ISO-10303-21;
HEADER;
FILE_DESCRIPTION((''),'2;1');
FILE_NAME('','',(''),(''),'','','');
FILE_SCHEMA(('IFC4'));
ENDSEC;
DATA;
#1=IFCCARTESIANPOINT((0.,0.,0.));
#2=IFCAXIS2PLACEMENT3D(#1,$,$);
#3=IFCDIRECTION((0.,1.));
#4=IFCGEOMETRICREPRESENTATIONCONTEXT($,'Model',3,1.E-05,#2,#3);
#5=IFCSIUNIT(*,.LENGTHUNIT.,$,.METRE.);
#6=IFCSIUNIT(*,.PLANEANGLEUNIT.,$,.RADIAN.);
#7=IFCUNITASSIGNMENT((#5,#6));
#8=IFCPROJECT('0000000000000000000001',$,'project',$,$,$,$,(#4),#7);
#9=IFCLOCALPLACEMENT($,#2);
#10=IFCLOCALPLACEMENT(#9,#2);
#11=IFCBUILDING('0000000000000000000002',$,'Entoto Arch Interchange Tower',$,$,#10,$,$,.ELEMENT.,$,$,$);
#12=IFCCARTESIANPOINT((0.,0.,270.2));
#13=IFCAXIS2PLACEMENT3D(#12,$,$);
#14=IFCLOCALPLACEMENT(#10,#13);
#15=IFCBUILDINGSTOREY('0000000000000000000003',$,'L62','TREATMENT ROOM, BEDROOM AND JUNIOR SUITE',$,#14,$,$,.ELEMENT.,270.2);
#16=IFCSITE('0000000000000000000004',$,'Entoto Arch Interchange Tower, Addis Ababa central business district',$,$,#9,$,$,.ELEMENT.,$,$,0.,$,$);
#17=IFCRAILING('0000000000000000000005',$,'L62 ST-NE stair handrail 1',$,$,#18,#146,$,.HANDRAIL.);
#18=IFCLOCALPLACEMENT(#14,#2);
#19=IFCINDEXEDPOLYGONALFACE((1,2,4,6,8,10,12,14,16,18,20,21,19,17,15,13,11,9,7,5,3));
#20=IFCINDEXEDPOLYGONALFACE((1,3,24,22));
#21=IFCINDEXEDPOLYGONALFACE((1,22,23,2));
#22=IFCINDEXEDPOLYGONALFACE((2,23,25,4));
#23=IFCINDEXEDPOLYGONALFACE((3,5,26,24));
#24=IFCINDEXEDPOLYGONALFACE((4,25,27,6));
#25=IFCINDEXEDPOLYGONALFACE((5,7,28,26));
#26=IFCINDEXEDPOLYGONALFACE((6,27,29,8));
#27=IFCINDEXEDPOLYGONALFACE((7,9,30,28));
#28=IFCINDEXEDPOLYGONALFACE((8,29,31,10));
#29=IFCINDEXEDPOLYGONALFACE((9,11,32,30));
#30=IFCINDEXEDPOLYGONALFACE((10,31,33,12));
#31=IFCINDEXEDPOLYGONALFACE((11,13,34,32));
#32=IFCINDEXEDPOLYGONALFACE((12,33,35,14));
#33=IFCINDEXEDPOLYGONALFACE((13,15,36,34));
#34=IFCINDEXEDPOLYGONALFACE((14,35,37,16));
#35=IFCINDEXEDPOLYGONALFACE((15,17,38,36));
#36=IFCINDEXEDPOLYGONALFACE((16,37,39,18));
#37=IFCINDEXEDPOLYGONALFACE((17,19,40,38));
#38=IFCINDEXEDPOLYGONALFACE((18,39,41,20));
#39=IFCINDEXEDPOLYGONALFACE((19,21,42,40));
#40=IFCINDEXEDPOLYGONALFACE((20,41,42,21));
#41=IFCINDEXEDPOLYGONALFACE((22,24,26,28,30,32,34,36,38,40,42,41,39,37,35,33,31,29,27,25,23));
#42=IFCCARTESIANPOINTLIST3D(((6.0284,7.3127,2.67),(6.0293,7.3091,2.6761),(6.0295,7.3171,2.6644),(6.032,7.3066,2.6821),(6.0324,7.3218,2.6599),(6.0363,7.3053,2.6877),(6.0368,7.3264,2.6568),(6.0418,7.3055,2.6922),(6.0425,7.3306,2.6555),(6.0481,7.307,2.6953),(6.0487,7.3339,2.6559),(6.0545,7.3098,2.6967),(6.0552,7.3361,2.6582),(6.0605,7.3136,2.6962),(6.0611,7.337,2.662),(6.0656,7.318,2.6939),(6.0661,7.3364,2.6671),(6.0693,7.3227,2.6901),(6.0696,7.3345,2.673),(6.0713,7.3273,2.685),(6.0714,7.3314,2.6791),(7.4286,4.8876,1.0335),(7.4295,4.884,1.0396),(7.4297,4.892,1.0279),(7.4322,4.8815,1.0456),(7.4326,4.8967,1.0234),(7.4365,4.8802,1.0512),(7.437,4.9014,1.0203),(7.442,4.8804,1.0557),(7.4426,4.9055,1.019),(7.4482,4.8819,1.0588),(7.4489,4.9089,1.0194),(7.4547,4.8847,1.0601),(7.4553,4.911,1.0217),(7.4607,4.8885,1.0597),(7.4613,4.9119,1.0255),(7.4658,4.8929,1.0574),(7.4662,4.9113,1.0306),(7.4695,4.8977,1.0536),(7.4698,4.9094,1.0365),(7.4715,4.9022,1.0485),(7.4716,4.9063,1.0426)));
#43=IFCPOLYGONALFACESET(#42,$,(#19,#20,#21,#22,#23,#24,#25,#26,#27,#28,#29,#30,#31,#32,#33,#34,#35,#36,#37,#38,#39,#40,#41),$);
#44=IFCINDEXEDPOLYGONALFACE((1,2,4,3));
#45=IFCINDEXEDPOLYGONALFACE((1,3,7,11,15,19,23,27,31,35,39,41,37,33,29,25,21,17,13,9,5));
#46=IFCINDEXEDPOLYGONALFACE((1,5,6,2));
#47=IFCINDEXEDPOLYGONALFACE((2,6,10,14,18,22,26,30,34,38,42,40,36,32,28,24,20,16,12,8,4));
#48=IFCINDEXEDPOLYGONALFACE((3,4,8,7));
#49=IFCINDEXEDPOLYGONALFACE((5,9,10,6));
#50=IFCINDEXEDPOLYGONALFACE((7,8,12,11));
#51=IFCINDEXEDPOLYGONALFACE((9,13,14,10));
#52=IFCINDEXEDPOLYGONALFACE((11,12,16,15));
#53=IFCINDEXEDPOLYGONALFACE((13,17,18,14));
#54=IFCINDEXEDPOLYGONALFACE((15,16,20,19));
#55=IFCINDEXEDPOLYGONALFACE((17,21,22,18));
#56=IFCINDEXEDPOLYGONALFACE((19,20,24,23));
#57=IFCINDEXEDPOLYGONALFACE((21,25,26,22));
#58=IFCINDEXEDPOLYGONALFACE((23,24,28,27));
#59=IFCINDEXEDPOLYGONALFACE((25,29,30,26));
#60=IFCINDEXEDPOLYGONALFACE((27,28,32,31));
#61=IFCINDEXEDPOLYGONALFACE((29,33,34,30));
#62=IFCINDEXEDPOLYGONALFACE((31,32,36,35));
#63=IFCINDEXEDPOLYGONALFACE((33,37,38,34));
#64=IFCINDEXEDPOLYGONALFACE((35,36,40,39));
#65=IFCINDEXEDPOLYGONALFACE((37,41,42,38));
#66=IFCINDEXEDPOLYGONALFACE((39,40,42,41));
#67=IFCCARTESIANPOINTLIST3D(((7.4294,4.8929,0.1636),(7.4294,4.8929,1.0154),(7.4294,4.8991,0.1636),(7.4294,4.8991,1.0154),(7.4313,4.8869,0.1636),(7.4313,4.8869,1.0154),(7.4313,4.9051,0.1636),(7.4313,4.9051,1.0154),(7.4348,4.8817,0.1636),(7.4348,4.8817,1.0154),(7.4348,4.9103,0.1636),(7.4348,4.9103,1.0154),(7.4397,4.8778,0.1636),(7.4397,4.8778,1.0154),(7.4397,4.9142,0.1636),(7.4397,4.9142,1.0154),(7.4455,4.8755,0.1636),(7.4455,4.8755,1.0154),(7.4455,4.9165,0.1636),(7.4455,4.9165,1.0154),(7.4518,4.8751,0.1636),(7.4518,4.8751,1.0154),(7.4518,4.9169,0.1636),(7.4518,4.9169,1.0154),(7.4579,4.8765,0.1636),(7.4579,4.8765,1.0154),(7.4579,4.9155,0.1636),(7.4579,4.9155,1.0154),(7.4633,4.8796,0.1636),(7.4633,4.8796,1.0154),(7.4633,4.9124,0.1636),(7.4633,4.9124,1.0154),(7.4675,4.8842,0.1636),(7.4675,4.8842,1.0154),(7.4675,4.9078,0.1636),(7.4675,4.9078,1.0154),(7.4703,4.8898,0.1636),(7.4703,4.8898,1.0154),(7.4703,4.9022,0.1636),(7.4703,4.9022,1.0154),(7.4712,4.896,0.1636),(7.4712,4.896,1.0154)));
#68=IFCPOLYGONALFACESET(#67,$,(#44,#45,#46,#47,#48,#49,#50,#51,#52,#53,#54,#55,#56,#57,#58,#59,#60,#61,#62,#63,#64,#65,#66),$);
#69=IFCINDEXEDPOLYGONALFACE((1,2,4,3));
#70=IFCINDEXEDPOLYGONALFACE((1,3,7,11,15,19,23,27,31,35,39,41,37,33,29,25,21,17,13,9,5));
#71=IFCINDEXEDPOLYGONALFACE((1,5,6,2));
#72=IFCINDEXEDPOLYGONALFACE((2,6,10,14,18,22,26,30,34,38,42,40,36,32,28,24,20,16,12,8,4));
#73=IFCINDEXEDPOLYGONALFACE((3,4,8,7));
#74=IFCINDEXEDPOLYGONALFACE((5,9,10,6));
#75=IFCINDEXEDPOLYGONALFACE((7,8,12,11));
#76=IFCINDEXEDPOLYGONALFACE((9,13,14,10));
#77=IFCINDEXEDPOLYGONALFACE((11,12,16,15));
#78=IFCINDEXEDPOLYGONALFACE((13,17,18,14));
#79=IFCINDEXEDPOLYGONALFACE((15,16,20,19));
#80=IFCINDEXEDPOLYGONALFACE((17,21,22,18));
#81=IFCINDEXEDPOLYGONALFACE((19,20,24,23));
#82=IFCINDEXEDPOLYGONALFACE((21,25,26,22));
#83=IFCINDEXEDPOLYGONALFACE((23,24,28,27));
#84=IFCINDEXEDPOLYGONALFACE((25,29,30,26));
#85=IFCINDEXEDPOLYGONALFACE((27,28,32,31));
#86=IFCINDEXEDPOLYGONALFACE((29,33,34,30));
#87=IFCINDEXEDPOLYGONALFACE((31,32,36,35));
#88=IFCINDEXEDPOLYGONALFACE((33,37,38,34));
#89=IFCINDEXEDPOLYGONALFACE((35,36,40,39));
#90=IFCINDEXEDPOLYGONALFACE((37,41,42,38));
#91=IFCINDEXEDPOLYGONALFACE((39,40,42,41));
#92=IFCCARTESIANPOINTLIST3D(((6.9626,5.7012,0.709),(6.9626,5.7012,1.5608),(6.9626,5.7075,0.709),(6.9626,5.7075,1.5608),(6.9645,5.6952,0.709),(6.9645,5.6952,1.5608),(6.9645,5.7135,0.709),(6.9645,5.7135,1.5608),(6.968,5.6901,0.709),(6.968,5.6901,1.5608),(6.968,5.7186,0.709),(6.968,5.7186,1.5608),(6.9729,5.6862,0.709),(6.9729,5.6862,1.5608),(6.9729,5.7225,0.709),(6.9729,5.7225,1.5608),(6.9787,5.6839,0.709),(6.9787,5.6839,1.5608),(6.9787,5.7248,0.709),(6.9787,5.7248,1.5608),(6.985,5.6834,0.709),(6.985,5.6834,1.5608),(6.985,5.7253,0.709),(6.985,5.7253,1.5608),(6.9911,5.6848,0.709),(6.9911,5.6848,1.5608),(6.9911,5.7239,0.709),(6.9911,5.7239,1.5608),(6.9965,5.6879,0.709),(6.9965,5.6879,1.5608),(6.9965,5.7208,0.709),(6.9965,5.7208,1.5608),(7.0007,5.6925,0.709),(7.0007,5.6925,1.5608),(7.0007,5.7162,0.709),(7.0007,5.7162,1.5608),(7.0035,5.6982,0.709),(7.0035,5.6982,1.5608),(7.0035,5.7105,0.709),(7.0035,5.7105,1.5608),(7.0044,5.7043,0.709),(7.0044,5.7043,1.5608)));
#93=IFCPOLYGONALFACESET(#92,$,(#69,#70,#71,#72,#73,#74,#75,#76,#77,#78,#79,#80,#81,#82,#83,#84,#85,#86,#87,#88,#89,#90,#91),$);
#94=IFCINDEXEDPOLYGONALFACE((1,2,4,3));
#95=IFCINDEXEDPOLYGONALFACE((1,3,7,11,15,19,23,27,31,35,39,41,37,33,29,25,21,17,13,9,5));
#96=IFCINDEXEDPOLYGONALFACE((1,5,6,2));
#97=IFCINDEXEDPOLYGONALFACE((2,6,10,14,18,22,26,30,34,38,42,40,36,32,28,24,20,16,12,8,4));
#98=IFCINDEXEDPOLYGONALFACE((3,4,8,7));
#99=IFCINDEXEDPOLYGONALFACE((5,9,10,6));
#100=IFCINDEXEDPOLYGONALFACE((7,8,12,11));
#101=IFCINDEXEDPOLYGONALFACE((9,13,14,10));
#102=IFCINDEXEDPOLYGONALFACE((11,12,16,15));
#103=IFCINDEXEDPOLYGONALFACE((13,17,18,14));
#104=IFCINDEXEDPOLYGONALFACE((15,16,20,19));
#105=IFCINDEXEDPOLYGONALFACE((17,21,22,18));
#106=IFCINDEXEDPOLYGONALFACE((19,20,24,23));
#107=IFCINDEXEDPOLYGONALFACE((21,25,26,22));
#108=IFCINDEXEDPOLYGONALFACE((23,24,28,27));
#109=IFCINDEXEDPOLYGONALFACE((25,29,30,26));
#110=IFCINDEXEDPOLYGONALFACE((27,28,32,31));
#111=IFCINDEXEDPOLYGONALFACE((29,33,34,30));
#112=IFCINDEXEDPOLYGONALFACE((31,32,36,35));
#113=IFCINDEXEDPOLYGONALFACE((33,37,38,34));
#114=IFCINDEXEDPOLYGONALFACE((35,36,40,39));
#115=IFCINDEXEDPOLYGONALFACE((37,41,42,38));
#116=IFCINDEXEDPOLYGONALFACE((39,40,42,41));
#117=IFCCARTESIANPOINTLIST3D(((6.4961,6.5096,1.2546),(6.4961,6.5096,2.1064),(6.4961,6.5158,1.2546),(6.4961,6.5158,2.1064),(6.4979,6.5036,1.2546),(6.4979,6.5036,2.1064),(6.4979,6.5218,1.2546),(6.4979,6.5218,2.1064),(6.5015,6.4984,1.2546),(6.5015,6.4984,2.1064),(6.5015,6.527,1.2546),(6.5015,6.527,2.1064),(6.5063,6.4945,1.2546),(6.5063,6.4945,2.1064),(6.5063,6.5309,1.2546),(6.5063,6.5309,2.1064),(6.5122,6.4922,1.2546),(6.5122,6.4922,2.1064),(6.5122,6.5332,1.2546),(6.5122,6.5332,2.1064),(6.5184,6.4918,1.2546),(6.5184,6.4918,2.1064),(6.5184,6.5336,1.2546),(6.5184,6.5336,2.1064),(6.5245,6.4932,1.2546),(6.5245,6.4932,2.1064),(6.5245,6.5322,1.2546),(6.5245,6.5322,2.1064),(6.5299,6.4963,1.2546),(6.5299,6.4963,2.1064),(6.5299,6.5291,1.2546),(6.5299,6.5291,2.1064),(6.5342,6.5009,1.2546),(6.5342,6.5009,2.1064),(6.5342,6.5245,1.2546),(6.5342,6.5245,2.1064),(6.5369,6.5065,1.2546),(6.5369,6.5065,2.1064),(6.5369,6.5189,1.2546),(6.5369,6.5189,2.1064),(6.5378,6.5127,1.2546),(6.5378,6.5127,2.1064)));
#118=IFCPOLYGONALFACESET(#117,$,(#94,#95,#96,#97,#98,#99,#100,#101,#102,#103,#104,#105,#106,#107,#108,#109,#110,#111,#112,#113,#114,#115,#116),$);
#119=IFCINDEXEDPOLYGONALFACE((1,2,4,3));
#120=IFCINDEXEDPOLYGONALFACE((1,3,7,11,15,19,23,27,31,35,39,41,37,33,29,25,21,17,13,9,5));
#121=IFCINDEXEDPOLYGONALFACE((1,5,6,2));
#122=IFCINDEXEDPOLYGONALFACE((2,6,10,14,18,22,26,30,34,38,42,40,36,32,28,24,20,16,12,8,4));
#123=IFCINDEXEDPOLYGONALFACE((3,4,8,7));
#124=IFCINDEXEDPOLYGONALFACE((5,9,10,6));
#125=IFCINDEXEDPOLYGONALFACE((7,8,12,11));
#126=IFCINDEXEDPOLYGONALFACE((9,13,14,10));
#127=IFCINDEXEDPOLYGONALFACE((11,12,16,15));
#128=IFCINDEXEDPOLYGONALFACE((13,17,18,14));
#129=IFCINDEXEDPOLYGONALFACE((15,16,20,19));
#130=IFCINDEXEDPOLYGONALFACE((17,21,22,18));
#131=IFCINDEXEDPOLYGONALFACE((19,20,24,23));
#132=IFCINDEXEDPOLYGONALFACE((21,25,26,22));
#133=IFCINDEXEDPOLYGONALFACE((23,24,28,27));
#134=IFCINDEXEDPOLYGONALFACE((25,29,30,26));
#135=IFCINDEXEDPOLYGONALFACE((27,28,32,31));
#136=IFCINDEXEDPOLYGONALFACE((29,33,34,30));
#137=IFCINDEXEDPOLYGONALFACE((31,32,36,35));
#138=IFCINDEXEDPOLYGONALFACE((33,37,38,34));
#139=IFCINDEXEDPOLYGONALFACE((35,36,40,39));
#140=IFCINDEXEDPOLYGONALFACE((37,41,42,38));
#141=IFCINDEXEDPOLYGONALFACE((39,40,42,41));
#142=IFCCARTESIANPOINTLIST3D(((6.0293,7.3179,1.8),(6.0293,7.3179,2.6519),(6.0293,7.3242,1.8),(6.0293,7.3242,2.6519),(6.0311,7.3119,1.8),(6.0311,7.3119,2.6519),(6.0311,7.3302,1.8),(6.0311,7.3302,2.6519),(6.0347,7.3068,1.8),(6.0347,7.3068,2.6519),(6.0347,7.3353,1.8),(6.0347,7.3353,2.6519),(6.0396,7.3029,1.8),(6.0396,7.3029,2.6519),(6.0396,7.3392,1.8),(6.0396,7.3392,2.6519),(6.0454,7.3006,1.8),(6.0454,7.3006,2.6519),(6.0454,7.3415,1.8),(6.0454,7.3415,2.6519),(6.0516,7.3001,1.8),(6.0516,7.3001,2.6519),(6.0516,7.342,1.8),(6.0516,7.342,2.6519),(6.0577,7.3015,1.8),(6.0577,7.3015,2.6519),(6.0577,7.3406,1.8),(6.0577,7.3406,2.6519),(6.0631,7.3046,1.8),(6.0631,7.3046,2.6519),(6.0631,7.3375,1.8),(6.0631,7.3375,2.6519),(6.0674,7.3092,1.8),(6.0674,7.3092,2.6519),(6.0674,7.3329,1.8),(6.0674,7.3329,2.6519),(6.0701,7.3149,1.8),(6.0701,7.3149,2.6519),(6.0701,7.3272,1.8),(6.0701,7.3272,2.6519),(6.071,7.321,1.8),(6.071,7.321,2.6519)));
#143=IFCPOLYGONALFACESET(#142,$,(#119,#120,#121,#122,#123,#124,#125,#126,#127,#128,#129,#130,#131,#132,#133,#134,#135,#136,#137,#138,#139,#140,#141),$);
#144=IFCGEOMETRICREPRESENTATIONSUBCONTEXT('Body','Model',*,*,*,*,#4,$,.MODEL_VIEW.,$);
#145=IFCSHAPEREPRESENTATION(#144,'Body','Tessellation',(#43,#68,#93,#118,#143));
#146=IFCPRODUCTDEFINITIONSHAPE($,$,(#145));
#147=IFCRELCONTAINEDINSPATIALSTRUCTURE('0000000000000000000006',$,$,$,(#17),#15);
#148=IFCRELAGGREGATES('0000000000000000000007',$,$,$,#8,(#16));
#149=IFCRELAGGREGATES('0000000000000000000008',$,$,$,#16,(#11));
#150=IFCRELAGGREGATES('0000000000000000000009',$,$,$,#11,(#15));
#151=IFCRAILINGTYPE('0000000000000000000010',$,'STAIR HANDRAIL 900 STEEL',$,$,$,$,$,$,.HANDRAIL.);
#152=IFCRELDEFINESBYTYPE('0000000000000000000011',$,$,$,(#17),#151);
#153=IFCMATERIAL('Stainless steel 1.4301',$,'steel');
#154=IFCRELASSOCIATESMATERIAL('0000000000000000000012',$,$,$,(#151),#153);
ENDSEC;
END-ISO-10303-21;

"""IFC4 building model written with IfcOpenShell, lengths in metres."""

from ifc_helpers import new_model, si_unit, direction, frame, origin, origin_2d, place, context, subcontext, project, spatial, circle, extrude, material, type_object, element, save


model = new_model("IFC4")

# Units and contexts
model_context = context("Model", 3, precision=1e-05, world=origin(), true_north=direction((0.0, 1.0)))
body_context = subcontext(model_context, "Body", "Model", "MODEL_VIEW")
ifc_project = project(units=[si_unit("LENGTHUNIT", "METRE"), si_unit("PLANEANGLEUNIT", "RADIAN")], contexts=[model_context])

# Site, building, storey
site_placement = place(None, origin())
site = spatial("IfcSite", under=ifc_project, at=site_placement, Name="Entoto Arch Interchange Tower, Addis Ababa central business district", CompositionType="ELEMENT", RefElevation=0.0)
building_placement = place(site_placement, origin())
building = spatial("IfcBuilding", under=site, at=building_placement, Name="Entoto Arch Interchange Tower", CompositionType="ELEMENT")
storey_placement = place(building_placement, frame((0.0, 0.0, 270.2)))
storey = spatial("IfcBuildingStorey", under=building, at=storey_placement, Name="L62", Description="TREATMENT ROOM, BEDROOM AND JUNIOR SUITE", CompositionType="ELEMENT", Elevation=270.2)

# Railing
ifc_material_1 = material(Name="Stainless steel 1.4301", Category="steel")
railing_type = type_object("IfcRailingType", Name="STAIR HANDRAIL 900 STEEL", PredefinedType="HANDRAIL", material=ifc_material_1)
railing_placement = place(storey_placement, frame((7.4502, 4.896, 0.1636)))
element("IfcRailing", 1, at=railing_placement, inside=storey, type_object=railing_type, Name="L62 ST-NE stair handrail 1", PredefinedType="HANDRAIL", context=body_context, shape_type="SweptSolid", body=[
    extrude(circle(Radius=0.0239, at=origin_2d()), frame((0.0, 0.0, 0.876), z_axis=(-0.431698, 0.747699, 0.504563), x_axis=(-0.866019, -0.500012, 0.0)), (0.0, 0.0, 1.0), 3.2434),
    extrude(circle(Radius=0.021, at=origin_2d()), origin(), (0.0, 0.0, 1.0), 0.8518),
    extrude(circle(Radius=0.021, at=origin_2d()), frame((-0.4668, 0.8083, 0.5454)), (0.0, 0.0, 1.0), 0.8518),
    extrude(circle(Radius=0.021, at=origin_2d()), frame((-0.9333, 1.6167, 1.0911)), (0.0, 0.0, 1.0), 0.8518),
    extrude(circle(Radius=0.021, at=origin_2d()), frame((-1.4001, 2.425, 1.6365)), (0.0, 0.0, 1.0), 0.8518),
])

save(model, "model.ifc")
